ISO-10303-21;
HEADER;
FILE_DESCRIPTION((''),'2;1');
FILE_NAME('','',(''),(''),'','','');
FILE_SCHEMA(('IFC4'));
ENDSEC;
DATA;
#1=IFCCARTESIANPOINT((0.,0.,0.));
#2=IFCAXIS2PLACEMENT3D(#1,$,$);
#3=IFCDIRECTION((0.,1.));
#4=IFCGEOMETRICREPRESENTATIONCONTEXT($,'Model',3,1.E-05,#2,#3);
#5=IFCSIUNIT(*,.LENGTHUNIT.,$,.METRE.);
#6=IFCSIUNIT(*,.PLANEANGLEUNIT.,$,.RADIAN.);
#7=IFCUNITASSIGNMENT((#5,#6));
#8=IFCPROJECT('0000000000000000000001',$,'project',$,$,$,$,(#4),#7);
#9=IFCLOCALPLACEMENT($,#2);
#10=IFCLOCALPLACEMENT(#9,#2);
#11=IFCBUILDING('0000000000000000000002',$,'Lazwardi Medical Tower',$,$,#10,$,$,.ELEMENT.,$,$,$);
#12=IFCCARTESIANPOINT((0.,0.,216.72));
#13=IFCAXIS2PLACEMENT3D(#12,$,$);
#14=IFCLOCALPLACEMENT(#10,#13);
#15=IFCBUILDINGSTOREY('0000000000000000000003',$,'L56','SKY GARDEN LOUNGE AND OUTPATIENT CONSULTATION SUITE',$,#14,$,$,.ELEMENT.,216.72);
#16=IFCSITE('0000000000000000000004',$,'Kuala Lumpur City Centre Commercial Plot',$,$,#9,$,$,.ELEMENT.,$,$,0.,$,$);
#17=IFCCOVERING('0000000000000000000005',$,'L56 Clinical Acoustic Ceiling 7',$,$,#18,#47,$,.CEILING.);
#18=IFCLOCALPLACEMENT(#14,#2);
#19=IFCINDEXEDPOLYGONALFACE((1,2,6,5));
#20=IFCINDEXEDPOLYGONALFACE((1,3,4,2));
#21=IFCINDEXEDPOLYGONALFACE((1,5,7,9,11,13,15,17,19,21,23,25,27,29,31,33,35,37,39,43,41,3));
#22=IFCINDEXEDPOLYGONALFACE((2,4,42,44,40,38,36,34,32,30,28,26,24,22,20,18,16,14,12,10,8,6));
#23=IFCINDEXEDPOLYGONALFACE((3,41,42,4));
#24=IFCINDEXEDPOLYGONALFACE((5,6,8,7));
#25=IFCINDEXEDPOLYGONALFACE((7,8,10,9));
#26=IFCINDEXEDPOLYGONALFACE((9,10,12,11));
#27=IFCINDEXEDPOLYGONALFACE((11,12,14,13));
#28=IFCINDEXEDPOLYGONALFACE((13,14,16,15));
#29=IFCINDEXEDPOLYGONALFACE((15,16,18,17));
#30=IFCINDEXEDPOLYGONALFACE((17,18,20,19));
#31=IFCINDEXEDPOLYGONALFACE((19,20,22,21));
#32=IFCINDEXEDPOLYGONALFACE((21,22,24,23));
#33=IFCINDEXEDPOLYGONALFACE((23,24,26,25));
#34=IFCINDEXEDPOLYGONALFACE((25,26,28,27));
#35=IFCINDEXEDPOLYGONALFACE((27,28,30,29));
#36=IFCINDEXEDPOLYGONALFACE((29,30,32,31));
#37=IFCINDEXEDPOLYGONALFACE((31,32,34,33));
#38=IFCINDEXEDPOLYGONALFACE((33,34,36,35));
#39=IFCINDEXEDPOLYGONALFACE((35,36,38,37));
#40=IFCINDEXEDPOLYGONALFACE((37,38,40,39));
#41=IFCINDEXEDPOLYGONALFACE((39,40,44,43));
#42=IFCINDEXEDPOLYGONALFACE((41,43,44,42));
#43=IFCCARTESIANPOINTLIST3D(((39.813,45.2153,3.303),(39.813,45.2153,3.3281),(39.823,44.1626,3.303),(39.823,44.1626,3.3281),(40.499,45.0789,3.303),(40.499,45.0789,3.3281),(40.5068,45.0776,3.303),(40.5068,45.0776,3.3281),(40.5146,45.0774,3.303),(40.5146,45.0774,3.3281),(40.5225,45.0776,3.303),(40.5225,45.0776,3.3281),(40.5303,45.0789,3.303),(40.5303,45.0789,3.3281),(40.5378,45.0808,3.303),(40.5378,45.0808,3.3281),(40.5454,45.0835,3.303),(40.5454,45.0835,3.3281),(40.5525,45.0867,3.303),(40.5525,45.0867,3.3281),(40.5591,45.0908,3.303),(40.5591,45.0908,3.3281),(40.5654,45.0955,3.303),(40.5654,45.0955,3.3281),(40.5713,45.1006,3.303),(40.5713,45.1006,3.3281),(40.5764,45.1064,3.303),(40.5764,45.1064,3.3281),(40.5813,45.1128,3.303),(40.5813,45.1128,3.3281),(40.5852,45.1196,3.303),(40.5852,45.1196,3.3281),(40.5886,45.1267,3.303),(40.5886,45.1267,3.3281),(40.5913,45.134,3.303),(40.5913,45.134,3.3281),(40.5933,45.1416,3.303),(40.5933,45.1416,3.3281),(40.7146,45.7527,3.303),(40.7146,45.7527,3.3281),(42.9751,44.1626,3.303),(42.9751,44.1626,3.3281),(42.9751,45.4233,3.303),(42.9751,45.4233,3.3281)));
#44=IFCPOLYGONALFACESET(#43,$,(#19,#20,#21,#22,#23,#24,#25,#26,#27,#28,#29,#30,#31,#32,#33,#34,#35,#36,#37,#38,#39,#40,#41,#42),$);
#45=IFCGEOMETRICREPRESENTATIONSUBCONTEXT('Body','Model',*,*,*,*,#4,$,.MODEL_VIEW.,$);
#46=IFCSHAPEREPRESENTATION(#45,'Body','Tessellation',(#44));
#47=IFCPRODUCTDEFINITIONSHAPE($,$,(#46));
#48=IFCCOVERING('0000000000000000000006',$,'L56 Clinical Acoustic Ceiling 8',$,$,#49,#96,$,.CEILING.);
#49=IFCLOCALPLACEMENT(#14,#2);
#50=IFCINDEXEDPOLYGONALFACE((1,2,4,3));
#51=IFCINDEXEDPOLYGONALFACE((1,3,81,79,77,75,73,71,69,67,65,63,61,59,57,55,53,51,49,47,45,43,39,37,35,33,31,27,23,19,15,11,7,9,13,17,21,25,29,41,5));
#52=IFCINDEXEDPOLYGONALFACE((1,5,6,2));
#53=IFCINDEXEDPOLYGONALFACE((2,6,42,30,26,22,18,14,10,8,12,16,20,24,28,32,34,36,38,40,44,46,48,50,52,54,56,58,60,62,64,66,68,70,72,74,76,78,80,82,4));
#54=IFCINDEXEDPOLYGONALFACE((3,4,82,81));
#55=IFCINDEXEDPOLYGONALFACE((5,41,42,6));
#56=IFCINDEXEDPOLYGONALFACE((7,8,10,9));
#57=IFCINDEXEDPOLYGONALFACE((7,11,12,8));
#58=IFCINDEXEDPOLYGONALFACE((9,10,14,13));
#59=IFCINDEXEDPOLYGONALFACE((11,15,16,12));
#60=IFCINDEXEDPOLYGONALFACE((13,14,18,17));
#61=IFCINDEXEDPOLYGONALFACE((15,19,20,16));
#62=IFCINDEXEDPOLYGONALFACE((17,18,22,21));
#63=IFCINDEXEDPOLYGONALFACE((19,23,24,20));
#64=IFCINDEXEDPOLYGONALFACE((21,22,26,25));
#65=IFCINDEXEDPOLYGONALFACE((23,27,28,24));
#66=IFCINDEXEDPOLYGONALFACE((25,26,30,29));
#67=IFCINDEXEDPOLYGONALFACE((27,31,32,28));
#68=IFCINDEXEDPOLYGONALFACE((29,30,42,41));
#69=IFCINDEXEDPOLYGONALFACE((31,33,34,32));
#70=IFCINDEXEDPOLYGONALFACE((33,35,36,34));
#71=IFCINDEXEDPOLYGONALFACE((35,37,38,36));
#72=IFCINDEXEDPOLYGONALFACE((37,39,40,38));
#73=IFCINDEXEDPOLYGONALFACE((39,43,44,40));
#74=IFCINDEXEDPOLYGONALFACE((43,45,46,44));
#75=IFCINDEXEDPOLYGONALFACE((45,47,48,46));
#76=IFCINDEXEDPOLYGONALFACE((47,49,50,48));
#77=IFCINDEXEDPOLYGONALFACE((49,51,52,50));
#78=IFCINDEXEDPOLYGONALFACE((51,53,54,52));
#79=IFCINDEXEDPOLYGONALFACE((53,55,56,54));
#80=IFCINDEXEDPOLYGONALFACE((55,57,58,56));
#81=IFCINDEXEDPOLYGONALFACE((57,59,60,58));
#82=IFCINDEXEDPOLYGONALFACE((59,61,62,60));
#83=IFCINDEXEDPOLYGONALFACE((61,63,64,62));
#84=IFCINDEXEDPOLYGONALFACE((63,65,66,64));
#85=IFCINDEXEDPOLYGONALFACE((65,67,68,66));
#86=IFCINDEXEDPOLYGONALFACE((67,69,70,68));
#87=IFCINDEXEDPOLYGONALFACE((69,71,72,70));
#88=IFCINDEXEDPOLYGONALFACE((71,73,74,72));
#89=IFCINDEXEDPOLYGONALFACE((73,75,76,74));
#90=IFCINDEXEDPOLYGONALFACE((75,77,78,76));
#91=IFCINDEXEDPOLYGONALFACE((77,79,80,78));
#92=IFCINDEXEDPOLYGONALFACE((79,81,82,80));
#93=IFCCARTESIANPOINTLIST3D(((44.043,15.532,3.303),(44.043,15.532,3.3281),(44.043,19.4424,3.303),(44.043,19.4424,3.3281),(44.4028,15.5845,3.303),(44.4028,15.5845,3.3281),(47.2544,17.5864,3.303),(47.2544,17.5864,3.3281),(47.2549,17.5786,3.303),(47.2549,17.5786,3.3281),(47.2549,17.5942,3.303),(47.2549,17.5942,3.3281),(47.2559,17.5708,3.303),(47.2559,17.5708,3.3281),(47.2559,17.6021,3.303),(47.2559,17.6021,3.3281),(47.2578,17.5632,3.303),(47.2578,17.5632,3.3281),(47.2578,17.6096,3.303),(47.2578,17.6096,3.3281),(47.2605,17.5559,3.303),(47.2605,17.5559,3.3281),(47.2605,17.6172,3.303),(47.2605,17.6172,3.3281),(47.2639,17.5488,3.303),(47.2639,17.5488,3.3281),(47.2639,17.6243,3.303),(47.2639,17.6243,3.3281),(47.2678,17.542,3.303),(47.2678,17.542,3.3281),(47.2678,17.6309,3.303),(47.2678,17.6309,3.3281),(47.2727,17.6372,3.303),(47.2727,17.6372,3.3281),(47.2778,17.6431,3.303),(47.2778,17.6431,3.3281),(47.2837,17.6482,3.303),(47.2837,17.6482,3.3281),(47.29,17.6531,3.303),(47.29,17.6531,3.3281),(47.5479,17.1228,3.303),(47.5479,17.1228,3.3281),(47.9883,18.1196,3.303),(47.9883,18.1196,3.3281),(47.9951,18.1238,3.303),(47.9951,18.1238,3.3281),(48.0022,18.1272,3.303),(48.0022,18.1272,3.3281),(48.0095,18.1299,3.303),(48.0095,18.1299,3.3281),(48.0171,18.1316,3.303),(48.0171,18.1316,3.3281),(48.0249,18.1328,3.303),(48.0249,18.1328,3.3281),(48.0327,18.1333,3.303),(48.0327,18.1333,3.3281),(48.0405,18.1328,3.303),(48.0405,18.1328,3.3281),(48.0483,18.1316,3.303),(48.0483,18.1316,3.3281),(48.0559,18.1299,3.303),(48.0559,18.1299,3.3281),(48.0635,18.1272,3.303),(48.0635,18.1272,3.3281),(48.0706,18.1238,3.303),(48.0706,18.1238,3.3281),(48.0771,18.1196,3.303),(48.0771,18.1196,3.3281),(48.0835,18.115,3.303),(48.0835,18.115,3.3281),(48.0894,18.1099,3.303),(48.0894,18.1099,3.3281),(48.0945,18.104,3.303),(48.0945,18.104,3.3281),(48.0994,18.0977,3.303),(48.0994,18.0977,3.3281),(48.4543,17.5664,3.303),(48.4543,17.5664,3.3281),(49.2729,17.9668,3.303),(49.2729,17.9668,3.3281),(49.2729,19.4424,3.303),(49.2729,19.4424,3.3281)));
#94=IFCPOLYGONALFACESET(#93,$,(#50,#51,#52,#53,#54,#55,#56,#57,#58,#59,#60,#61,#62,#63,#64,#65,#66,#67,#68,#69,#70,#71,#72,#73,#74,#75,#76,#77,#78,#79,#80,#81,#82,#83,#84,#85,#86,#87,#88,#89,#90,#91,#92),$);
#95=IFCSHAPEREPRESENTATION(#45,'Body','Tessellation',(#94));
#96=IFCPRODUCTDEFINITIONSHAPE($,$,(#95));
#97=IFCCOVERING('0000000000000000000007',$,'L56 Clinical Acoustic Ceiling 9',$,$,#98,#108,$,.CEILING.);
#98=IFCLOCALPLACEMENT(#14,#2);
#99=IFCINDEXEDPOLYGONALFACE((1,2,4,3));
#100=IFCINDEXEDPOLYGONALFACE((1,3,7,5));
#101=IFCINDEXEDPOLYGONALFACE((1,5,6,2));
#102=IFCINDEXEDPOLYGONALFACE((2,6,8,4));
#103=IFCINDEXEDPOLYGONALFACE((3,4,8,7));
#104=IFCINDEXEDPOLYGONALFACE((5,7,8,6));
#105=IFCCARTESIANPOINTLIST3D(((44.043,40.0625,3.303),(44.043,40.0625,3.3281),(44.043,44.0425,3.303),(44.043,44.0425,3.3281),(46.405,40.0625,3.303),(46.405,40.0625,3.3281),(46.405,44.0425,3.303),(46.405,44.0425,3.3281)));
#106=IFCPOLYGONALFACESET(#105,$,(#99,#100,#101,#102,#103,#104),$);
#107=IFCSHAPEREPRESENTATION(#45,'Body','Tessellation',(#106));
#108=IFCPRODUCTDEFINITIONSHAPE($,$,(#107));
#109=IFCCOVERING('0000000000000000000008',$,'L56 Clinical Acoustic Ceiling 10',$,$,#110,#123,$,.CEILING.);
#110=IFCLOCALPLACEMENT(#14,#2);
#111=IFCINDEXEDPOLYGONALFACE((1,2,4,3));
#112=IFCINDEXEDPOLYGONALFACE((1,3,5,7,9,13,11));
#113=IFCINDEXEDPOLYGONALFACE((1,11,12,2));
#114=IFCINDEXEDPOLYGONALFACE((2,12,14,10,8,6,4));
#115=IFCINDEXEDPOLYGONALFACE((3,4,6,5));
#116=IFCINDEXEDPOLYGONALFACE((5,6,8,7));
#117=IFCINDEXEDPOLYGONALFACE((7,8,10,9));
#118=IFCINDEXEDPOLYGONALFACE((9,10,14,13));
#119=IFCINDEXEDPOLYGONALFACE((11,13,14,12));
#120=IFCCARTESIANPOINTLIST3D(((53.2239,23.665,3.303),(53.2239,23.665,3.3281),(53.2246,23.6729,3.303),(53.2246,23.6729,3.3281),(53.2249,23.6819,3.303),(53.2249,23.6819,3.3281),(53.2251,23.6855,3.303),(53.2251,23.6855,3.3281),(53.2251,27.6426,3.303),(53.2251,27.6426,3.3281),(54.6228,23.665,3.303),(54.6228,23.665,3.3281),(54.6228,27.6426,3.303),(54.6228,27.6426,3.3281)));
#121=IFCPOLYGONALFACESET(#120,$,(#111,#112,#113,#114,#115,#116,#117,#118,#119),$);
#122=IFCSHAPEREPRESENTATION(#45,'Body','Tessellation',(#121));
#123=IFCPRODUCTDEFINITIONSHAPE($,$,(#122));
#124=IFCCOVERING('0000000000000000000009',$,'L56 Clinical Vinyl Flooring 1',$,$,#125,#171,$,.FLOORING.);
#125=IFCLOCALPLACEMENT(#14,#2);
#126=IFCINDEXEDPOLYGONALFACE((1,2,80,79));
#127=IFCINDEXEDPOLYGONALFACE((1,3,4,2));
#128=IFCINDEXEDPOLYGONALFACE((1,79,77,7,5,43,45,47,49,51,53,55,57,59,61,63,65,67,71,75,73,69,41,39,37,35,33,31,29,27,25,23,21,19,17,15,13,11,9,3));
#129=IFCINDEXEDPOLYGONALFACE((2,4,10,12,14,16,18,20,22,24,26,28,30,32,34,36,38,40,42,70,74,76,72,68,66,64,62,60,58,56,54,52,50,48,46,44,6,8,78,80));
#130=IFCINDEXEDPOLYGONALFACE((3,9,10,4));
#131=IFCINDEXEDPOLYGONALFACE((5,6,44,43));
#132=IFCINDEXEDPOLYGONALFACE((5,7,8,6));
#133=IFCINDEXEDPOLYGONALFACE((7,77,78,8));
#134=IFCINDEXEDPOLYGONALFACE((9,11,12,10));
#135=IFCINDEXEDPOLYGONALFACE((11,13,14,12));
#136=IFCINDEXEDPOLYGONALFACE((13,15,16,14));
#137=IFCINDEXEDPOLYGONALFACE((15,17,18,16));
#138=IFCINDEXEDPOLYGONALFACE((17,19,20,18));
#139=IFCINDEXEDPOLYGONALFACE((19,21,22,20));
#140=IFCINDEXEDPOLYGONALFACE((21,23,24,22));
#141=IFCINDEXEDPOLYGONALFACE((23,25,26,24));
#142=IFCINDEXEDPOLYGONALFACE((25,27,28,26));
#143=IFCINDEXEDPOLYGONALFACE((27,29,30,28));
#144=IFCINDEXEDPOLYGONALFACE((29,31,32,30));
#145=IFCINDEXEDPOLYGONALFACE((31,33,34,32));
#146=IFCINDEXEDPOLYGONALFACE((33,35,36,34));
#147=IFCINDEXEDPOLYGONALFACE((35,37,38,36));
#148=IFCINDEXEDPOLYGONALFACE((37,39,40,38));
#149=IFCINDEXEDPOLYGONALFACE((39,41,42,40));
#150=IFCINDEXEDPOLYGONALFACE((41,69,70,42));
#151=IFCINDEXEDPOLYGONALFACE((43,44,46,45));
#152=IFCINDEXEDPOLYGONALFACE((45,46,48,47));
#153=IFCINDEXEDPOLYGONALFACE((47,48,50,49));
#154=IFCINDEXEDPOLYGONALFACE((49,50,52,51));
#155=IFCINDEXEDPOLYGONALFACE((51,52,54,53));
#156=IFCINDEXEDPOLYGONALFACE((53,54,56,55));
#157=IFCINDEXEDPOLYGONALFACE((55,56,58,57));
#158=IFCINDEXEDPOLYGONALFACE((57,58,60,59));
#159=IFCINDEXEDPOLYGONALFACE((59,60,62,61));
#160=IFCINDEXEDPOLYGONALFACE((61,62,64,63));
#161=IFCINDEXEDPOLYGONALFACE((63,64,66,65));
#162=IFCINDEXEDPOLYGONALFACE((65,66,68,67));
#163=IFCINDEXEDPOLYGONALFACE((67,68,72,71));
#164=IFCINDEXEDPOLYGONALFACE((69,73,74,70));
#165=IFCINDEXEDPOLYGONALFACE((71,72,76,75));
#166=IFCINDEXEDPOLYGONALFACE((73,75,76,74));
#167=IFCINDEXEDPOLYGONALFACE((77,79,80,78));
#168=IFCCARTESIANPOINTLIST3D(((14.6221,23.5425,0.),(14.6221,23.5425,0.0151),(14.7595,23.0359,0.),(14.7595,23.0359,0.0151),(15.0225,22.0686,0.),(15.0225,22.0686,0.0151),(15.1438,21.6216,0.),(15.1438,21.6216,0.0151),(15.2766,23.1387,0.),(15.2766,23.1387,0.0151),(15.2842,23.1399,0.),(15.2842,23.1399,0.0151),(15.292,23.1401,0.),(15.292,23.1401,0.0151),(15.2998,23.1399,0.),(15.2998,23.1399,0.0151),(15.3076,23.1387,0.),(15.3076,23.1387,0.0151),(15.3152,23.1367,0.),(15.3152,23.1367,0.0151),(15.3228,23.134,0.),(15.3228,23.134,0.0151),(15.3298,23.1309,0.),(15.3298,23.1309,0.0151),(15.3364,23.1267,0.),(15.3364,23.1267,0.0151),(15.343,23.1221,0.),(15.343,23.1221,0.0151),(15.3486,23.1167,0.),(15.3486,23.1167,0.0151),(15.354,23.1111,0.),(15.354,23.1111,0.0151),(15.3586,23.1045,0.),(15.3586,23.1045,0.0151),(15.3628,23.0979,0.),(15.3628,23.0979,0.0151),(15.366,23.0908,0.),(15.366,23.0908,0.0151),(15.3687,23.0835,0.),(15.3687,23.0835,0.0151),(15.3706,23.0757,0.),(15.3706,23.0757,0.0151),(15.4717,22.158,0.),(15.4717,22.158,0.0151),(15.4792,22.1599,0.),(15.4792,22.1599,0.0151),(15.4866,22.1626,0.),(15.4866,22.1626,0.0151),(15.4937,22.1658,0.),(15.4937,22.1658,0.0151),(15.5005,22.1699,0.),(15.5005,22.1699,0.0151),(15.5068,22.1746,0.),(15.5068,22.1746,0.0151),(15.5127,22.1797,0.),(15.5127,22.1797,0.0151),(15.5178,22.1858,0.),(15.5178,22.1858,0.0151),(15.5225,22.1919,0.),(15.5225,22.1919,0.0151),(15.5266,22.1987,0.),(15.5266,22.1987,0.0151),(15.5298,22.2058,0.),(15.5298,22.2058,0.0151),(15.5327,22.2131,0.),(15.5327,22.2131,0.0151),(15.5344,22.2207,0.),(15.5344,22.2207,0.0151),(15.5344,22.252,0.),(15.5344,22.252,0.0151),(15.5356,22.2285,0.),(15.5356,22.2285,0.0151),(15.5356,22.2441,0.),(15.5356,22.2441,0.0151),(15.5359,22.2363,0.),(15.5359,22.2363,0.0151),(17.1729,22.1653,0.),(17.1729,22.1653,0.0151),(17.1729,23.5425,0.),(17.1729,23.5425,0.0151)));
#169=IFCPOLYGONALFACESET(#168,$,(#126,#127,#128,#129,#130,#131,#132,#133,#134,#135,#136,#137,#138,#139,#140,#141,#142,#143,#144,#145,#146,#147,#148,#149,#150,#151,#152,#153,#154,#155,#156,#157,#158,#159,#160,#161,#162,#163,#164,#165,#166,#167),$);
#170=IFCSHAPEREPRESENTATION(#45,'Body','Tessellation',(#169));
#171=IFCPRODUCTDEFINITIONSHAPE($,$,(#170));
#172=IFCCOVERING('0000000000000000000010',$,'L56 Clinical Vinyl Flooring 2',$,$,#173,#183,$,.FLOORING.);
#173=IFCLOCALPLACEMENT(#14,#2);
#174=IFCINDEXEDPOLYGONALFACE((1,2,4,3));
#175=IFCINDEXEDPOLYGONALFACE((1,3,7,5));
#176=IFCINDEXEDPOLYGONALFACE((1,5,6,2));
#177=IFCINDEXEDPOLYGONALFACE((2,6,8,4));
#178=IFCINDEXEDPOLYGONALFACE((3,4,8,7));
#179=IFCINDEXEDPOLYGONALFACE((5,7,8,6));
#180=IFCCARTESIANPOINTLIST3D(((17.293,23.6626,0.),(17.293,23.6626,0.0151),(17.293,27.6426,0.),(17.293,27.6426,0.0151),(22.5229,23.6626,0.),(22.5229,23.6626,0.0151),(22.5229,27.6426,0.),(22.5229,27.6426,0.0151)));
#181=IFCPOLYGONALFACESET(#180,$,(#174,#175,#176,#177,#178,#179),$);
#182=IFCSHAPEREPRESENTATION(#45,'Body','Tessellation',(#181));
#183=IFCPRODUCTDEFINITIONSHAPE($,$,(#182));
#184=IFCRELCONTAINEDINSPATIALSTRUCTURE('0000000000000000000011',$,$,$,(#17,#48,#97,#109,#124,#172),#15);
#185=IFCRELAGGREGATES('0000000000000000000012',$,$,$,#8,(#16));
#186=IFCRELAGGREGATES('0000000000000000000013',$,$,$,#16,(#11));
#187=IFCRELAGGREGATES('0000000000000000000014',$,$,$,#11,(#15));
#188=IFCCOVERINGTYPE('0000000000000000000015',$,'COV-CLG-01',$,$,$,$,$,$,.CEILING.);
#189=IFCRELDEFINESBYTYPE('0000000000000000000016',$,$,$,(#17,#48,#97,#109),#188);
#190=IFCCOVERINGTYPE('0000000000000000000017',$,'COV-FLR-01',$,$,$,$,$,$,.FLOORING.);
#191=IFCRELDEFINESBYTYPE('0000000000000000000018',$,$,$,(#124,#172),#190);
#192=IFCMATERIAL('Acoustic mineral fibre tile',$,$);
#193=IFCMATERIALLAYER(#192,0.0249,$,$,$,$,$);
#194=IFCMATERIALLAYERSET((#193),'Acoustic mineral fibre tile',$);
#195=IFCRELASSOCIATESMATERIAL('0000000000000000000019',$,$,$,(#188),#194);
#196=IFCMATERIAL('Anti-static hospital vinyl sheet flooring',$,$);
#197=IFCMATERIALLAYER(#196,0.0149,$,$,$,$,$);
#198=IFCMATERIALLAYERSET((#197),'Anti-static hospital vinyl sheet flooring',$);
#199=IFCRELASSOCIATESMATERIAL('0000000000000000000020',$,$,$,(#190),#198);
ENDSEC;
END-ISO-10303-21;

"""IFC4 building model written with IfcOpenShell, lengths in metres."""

from ifc_helpers import new_model, si_unit, direction, frame, origin, place, context, subcontext, project, spatial, polyline, outline, extrude, material, layer, layer_set, type_object, element, save


model = new_model("IFC4")

# Units and contexts
model_context = context("Model", 3, precision=1e-05, world=origin(), true_north=direction((0.0, 1.0)))
body_context = subcontext(model_context, "Body", "Model", "MODEL_VIEW")
ifc_project = project(units=[si_unit("LENGTHUNIT", "METRE"), si_unit("PLANEANGLEUNIT", "RADIAN")], contexts=[model_context])

# Site, building, storey
site_placement = place(None, origin())
site = spatial("IfcSite", under=ifc_project, at=site_placement, Name="Kuala Lumpur City Centre Commercial Plot", CompositionType="ELEMENT", RefElevation=0.0)
building_placement = place(site_placement, origin())
building = spatial("IfcBuilding", under=site, at=building_placement, Name="Lazwardi Medical Tower", CompositionType="ELEMENT")
storey_placement = place(building_placement, frame((0.0, 0.0, 216.72)))
storey = spatial("IfcBuildingStorey", under=building, at=storey_placement, Name="L56", Description="SKY GARDEN LOUNGE AND OUTPATIENT CONSULTATION SUITE", CompositionType="ELEMENT", Elevation=216.72)

# Coverings
ifc_material_1 = material(Name="Acoustic mineral fibre tile")
ifc_layer_1 = layer(ifc_material_1, 0.0249)
ifc_layer_set_1 = layer_set([ifc_layer_1], Name="Acoustic mineral fibre tile")
covering_type_1 = type_object("IfcCoveringType", Name="COV-CLG-01", PredefinedType="CEILING", material=ifc_layer_set_1)
covering_1_placement = place(storey_placement, frame((0.0, 0.0, 3.303)))
element("IfcCovering", 1, at=covering_1_placement, inside=storey, type_object=covering_type_1, Name="L56 Clinical Acoustic Ceiling 7", PredefinedType="CEILING", context=body_context, shape_type="SweptSolid", body=[
    extrude(outline(polyline([(42.9751, 44.1626), (42.9751, 45.4233), (40.7146, 45.7527), (40.5933, 45.1416), (40.5913, 45.134), (40.5886, 45.1267), (40.5852, 45.1196), (40.5813, 45.1128), (40.5764, 45.1064), (40.5713, 45.1006), (40.5654, 45.0955), (40.5591, 45.0908), (40.5525, 45.0867), (40.5454, 45.0835), (40.5378, 45.0808), (40.5303, 45.0789), (40.5225, 45.0776), (40.5146, 45.0774), (40.5068, 45.0776), (40.499, 45.0789), (39.813, 45.2153), (39.823, 44.1626), (42.9751, 44.1626)])), origin(), (0.0, 0.0, 1.0), 0.0251),
])
covering_2_placement = place(storey_placement, frame((0.0, 0.0, 3.303)))
element("IfcCovering", 2, at=covering_2_placement, inside=storey, type_object=covering_type_1, Name="L56 Clinical Acoustic Ceiling 8", PredefinedType="CEILING", context=body_context, shape_type="SweptSolid", body=[
    extrude(outline(polyline([(44.043, 15.532), (44.4028, 15.5845), (47.5479, 17.1228), (47.2678, 17.542), (47.2639, 17.5488), (47.2605, 17.5559), (47.2578, 17.5632), (47.2559, 17.5708), (47.2549, 17.5786), (47.2544, 17.5864), (47.2549, 17.5942), (47.2559, 17.6021), (47.2578, 17.6096), (47.2605, 17.6172), (47.2639, 17.6243), (47.2678, 17.6309), (47.2727, 17.6372), (47.2778, 17.6431), (47.2837, 17.6482), (47.29, 17.6531), (47.9883, 18.1196), (47.9951, 18.1238), (48.0022, 18.1272), (48.0095, 18.1299), (48.0171, 18.1316), (48.0249, 18.1328), (48.0327, 18.1333), (48.0405, 18.1328), (48.0483, 18.1316), (48.0559, 18.1299), (48.0635, 18.1272), (48.0706, 18.1238), (48.0771, 18.1196), (48.0835, 18.115), (48.0894, 18.1099), (48.0945, 18.104), (48.0994, 18.0977), (48.4543, 17.5664), (49.2729, 17.9668), (49.2729, 19.4424), (44.043, 19.4424), (44.043, 15.532)])), origin(), (0.0, 0.0, 1.0), 0.0251),
])
covering_3_placement = place(storey_placement, frame((0.0, 0.0, 3.303)))
element("IfcCovering", 3, at=covering_3_placement, inside=storey, type_object=covering_type_1, Name="L56 Clinical Acoustic Ceiling 9", PredefinedType="CEILING", context=body_context, shape_type="SweptSolid", body=[
    extrude(outline(polyline([(46.405, 40.0625), (46.405, 44.0425), (44.043, 44.0425), (44.043, 40.0625), (46.405, 40.0625)])), origin(), (0.0, 0.0, 1.0), 0.0251),
])
covering_4_placement = place(storey_placement, frame((0.0, 0.0, 3.303)))
element("IfcCovering", 4, at=covering_4_placement, inside=storey, type_object=covering_type_1, Name="L56 Clinical Acoustic Ceiling 10", PredefinedType="CEILING", context=body_context, shape_type="SweptSolid", body=[
    extrude(outline(polyline([(53.2251, 27.6426), (53.2251, 23.6855), (53.2249, 23.6819), (53.2246, 23.6729), (53.2239, 23.665), (54.6228, 23.665), (54.6228, 27.6426), (53.2251, 27.6426)])), origin(), (0.0, 0.0, 1.0), 0.0251),
])
ifc_material_2 = material(Name="Anti-static hospital vinyl sheet flooring")
ifc_layer_2 = layer(ifc_material_2, 0.0149)
ifc_layer_set_2 = layer_set([ifc_layer_2], Name="Anti-static hospital vinyl sheet flooring")
covering_type_2 = type_object("IfcCoveringType", Name="COV-FLR-01", PredefinedType="FLOORING", material=ifc_layer_set_2)
covering_5_placement = place(storey_placement, origin())
element("IfcCovering", 5, at=covering_5_placement, inside=storey, type_object=covering_type_2, Name="L56 Clinical Vinyl Flooring 1", PredefinedType="FLOORING", context=body_context, shape_type="SweptSolid", body=[
    extrude(outline(polyline([(14.6221, 23.5425), (14.7595, 23.0359), (15.2766, 23.1387), (15.2842, 23.1399), (15.292, 23.1401), (15.2998, 23.1399), (15.3076, 23.1387), (15.3152, 23.1367), (15.3228, 23.134), (15.3298, 23.1309), (15.3364, 23.1267), (15.343, 23.1221), (15.3486, 23.1167), (15.354, 23.1111), (15.3586, 23.1045), (15.3628, 23.0979), (15.366, 23.0908), (15.3687, 23.0835), (15.3706, 23.0757), (15.5344, 22.252), (15.5356, 22.2441), (15.5359, 22.2363), (15.5356, 22.2285), (15.5344, 22.2207), (15.5327, 22.2131), (15.5298, 22.2058), (15.5266, 22.1987), (15.5225, 22.1919), (15.5178, 22.1858), (15.5127, 22.1797), (15.5068, 22.1746), (15.5005, 22.1699), (15.4937, 22.1658), (15.4866, 22.1626), (15.4792, 22.1599), (15.4717, 22.158), (15.0225, 22.0686), (15.1438, 21.6216), (17.1729, 22.1653), (17.1729, 23.5425), (14.6221, 23.5425)])), origin(), (0.0, 0.0, 1.0), 0.0151),
])
covering_6_placement = place(storey_placement, origin())
element("IfcCovering", 6, at=covering_6_placement, inside=storey, type_object=covering_type_2, Name="L56 Clinical Vinyl Flooring 2", PredefinedType="FLOORING", context=body_context, shape_type="SweptSolid", body=[
    extrude(outline(polyline([(22.5229, 23.6626), (22.5229, 27.6426), (17.293, 27.6426), (17.293, 23.6626), (22.5229, 23.6626)])), origin(), (0.0, 0.0, 1.0), 0.0151),
])

save(model, "model.ifc")
